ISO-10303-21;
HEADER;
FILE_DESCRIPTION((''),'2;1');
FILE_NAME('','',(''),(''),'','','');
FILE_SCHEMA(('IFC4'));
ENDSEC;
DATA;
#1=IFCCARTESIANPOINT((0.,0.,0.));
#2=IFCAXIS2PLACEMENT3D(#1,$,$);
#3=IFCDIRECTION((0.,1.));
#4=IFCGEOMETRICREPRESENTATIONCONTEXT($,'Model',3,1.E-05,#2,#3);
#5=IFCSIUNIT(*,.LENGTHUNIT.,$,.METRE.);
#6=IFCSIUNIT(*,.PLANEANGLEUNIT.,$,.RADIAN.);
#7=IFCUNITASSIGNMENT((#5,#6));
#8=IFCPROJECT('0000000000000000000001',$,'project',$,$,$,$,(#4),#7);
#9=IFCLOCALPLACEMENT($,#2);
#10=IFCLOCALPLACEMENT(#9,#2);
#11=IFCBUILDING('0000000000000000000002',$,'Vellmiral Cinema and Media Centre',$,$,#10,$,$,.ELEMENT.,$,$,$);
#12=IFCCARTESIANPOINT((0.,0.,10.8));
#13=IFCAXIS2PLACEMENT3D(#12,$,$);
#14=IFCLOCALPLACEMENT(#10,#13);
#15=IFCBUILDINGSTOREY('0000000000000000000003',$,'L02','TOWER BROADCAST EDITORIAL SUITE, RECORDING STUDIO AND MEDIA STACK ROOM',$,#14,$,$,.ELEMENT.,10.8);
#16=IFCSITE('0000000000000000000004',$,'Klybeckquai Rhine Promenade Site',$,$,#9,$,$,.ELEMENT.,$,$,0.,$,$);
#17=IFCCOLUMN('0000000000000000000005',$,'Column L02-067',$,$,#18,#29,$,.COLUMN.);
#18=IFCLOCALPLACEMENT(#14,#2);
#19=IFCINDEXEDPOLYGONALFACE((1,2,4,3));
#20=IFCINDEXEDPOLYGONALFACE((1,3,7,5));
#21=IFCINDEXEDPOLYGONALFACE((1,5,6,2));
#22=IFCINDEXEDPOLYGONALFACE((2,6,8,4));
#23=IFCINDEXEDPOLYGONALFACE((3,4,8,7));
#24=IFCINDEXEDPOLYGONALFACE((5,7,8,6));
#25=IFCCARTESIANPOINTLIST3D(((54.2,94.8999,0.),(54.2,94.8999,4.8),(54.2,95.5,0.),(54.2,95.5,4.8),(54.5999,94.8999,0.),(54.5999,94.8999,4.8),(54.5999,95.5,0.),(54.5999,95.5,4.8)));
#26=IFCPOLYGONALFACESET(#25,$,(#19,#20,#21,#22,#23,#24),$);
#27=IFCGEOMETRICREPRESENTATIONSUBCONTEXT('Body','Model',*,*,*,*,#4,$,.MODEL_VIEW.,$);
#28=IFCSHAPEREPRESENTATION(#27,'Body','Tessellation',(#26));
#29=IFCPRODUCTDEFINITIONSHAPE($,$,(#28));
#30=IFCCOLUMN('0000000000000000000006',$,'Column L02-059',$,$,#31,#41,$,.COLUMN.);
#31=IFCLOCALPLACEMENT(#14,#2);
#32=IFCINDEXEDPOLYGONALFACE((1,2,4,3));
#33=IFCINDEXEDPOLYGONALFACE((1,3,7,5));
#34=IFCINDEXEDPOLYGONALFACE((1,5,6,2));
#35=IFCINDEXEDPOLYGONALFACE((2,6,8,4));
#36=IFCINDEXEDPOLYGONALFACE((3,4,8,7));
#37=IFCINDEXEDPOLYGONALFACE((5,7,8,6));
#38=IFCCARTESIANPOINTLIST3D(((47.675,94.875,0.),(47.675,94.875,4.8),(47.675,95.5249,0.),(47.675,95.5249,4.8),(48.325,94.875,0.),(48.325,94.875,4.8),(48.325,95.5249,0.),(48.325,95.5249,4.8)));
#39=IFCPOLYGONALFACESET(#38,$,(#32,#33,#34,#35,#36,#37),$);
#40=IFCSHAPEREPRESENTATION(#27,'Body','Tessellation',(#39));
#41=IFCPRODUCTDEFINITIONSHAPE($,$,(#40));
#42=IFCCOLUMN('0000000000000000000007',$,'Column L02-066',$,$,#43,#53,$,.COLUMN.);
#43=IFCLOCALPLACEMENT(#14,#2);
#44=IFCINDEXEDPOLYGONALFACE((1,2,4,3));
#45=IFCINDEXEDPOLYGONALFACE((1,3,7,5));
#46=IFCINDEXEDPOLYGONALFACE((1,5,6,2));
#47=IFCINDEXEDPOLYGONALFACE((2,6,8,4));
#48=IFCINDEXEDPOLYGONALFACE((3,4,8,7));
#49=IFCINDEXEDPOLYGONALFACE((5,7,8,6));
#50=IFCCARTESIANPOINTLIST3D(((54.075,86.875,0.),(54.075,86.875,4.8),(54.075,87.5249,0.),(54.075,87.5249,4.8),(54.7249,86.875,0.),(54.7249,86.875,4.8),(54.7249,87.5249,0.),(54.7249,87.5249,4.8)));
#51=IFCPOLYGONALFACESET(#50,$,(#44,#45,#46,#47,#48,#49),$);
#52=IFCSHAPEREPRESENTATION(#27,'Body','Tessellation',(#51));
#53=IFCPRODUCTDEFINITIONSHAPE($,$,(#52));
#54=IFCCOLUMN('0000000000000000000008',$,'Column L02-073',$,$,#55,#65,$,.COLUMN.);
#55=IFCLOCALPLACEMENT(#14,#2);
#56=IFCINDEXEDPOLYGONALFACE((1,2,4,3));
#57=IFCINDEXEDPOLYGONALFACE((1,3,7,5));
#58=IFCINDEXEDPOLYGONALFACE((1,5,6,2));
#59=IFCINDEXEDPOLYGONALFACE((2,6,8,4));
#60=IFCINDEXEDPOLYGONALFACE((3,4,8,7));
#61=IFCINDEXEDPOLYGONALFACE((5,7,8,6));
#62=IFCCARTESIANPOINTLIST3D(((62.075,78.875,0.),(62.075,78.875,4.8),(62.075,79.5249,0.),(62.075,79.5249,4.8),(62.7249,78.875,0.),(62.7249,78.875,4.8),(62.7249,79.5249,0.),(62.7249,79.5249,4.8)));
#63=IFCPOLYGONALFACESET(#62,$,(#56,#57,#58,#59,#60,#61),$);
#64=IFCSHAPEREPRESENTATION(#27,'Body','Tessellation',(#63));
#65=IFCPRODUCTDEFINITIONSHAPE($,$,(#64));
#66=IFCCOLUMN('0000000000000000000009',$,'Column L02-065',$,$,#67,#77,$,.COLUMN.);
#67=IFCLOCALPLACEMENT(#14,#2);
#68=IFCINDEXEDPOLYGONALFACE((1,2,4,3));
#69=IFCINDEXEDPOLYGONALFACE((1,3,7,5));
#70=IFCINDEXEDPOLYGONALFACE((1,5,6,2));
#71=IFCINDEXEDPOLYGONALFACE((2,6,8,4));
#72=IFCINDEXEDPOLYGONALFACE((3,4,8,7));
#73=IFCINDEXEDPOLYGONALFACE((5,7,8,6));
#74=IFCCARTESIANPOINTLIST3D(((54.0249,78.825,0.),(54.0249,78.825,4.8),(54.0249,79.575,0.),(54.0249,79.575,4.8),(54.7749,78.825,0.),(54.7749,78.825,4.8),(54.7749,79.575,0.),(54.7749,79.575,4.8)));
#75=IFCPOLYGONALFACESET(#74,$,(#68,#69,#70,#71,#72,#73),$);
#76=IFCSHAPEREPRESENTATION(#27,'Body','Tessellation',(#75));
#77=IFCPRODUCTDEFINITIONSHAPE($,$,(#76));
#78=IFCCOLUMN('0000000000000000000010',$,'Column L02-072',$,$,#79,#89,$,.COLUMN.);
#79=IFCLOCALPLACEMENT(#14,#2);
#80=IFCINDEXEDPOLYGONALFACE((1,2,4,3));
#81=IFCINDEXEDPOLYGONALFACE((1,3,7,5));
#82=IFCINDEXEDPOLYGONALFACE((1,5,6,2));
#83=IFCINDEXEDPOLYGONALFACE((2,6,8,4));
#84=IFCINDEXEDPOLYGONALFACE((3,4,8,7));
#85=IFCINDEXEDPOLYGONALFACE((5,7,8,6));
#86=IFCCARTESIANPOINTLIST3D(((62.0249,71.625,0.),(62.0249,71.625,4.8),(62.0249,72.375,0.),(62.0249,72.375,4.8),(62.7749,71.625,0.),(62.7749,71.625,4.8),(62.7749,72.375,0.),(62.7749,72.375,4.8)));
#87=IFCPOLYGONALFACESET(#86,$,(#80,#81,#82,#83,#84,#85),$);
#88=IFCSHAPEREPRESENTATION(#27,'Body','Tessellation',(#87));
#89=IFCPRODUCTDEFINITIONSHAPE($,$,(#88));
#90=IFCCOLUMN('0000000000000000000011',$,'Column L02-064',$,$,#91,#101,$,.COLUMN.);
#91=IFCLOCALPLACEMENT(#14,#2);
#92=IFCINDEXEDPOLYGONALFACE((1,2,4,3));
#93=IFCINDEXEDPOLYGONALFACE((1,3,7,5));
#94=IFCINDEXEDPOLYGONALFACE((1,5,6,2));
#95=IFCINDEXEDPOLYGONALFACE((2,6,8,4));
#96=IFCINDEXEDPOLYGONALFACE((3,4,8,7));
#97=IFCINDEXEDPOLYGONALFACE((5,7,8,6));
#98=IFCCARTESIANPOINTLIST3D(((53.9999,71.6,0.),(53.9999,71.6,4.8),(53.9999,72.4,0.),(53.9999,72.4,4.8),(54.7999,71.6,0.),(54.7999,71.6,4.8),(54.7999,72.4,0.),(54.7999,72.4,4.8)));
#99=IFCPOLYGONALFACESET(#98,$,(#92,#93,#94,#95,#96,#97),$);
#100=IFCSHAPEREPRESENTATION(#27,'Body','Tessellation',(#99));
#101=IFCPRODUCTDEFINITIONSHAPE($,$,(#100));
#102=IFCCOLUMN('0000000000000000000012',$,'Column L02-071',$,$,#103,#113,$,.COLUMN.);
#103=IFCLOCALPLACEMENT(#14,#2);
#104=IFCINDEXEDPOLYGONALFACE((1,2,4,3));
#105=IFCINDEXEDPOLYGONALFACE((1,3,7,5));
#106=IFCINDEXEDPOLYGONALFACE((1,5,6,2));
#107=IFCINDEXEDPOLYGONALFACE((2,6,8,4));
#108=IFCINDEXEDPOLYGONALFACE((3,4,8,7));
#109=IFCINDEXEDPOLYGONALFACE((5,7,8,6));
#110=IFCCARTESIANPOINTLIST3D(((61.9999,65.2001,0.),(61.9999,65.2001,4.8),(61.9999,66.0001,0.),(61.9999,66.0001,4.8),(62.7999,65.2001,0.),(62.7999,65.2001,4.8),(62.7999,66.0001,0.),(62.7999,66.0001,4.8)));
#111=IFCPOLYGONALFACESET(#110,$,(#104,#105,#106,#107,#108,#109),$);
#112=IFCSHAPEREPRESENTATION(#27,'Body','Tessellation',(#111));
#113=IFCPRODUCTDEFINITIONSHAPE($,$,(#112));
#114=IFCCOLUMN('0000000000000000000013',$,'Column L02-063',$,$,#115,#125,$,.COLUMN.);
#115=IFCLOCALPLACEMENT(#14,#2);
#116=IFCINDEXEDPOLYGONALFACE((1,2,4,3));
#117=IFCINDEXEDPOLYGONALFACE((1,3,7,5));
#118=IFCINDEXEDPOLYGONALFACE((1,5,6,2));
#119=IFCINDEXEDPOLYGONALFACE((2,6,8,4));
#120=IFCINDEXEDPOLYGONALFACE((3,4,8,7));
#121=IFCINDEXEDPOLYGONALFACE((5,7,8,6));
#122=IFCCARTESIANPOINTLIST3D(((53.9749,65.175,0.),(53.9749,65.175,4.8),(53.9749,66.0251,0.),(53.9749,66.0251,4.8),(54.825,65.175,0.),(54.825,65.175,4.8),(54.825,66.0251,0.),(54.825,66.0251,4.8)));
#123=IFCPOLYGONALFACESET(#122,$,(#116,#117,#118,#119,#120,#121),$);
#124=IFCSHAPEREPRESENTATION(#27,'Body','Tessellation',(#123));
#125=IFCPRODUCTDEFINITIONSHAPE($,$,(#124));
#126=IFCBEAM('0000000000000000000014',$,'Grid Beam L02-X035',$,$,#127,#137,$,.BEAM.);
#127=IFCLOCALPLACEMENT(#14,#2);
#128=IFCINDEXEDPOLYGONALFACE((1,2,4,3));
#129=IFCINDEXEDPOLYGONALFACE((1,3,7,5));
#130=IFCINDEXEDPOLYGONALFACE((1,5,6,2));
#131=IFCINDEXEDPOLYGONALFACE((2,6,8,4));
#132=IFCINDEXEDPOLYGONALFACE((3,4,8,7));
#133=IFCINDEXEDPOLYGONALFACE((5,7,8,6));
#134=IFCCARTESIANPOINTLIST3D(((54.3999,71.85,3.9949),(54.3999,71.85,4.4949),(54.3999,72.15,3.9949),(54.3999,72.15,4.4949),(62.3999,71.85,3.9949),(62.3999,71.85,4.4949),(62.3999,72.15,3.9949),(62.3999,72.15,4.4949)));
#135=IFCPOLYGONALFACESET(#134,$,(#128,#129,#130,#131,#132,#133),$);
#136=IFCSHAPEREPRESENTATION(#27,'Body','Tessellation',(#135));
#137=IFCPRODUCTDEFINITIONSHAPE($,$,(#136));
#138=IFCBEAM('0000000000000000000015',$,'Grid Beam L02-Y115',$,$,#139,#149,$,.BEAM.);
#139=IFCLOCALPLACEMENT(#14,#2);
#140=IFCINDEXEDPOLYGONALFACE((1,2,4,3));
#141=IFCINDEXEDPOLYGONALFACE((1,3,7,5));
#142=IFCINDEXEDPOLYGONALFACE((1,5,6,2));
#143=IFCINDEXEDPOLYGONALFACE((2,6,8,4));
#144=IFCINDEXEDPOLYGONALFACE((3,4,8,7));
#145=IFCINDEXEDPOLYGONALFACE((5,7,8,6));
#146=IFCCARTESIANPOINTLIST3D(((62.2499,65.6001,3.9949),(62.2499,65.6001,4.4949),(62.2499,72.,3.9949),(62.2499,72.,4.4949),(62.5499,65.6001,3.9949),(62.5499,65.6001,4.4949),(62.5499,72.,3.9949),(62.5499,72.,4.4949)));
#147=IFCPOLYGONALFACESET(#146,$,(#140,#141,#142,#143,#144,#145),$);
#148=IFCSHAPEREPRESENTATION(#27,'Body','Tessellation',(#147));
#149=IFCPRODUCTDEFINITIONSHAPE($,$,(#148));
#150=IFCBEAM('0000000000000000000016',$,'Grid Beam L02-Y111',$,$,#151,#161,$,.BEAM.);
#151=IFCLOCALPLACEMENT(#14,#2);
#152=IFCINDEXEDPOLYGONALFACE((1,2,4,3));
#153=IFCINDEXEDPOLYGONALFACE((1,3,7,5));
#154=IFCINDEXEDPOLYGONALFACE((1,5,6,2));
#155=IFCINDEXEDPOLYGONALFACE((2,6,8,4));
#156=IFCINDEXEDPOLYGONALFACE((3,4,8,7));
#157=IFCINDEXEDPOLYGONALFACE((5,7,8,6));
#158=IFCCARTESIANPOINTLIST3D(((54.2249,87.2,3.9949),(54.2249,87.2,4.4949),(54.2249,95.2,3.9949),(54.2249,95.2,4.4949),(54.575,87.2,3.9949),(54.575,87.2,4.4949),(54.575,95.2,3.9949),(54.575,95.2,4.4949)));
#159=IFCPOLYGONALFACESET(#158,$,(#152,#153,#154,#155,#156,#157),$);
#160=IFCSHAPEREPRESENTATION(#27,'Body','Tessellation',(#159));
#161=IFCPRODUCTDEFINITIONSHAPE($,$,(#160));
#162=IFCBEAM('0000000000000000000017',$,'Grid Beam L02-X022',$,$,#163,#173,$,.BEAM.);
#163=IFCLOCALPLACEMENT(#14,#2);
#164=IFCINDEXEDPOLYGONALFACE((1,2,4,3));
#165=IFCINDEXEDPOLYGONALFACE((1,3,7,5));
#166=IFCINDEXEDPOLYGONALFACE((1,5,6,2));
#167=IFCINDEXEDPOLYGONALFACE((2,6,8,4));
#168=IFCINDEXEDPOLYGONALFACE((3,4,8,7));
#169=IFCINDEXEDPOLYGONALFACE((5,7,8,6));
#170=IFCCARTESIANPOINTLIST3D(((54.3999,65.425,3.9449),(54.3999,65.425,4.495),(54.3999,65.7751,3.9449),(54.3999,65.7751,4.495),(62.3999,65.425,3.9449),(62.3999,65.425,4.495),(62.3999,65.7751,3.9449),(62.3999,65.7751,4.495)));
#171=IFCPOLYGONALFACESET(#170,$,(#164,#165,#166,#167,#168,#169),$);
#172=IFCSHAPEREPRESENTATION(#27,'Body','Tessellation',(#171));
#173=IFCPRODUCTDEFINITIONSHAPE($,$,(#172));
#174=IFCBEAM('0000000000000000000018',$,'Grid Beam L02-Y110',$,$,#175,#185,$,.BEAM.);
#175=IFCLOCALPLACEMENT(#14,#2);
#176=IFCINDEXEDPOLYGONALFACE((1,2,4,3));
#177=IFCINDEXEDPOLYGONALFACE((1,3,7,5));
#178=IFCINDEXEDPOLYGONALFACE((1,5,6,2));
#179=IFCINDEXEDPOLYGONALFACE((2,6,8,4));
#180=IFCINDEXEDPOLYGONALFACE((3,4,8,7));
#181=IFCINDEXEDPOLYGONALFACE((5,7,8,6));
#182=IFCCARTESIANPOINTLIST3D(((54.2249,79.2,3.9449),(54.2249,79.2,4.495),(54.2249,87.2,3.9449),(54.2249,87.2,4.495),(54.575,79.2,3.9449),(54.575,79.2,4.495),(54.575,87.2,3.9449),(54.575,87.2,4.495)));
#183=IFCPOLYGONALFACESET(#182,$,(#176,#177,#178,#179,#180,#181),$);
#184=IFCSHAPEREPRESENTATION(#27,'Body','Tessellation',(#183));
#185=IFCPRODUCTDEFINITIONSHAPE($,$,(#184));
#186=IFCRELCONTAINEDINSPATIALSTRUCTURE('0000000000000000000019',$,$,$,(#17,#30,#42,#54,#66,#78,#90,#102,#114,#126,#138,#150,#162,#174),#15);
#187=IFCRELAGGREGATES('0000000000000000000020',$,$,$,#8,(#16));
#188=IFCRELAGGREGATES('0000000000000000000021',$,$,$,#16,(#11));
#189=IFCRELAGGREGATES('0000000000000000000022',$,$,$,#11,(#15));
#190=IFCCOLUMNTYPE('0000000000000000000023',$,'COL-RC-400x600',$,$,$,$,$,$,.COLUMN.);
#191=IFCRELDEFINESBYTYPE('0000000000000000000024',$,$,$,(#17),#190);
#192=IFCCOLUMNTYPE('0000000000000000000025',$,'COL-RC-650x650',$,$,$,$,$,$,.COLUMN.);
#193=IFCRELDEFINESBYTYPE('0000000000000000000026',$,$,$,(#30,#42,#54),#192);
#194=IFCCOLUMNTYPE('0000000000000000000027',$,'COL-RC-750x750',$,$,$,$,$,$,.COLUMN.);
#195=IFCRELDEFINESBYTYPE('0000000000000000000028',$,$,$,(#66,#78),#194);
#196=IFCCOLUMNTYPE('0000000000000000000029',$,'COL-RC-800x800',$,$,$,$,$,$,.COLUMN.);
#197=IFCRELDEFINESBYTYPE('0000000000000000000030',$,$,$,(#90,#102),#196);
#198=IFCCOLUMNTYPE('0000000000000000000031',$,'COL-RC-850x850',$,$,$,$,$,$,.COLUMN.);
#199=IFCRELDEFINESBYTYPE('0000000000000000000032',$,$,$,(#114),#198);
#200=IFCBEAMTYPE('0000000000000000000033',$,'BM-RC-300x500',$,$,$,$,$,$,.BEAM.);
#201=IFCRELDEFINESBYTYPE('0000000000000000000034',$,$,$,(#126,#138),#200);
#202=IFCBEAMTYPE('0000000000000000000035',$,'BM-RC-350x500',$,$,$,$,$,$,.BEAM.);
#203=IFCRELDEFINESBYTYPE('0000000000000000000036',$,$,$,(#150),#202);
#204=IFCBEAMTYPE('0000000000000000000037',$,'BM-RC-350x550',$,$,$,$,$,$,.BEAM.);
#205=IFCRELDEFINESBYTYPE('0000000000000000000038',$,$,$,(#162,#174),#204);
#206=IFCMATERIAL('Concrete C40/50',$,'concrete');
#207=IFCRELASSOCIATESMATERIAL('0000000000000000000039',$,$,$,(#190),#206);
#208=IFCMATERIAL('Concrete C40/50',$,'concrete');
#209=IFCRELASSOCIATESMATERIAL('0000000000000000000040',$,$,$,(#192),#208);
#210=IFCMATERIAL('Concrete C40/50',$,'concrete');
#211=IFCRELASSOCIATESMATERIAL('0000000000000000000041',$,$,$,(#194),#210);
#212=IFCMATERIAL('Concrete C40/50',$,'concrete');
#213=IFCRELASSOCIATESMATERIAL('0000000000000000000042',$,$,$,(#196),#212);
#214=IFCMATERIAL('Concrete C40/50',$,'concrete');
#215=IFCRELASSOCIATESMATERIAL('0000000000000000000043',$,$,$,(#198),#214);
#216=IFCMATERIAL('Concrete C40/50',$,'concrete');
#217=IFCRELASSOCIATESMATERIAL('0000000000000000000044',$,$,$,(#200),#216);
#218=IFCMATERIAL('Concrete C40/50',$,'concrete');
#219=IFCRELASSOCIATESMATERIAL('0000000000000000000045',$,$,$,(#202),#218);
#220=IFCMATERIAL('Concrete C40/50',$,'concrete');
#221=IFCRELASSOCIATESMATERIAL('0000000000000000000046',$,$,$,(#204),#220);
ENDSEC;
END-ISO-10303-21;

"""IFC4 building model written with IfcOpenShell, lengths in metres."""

from ifc_helpers import new_model, si_unit, direction, frame, origin, origin_2d, place, context, subcontext, project, spatial, rectangle, extrude, material, material_profile, profile_set, type_object, element, save


model = new_model("IFC4")

# Units and contexts
model_context = context("Model", 3, precision=1e-05, world=origin(), true_north=direction((0.0, 1.0)))
body_context = subcontext(model_context, "Body", "Model", "MODEL_VIEW")
ifc_project = project(units=[si_unit("LENGTHUNIT", "METRE"), si_unit("PLANEANGLEUNIT", "RADIAN")], contexts=[model_context])

# Site, building, storey
site_placement = place(None, origin())
site = spatial("IfcSite", under=ifc_project, at=site_placement, Name="Klybeckquai Rhine Promenade Site", CompositionType="ELEMENT", RefElevation=0.0)
building_placement = place(site_placement, origin())
building = spatial("IfcBuilding", under=site, at=building_placement, Name="Vellmiral Cinema and Media Centre", CompositionType="ELEMENT")
storey_placement = place(building_placement, frame((0.0, 0.0, 10.8)))
storey = spatial("IfcBuildingStorey", under=building, at=storey_placement, Name="L02", Description="TOWER BROADCAST EDITORIAL SUITE, RECORDING STUDIO AND MEDIA STACK ROOM", CompositionType="ELEMENT", Elevation=10.8)

# Columns
ifc_material_1 = material(Name="Concrete C40/50", Category="concrete")
ifc_material_profile_1 = material_profile(ifc_material_1, rectangle(XDim=0.3999, YDim=0.6001, at=origin_2d()), Name="RC 400x600")
ifc_profile_set_1 = profile_set([ifc_material_profile_1], Name="Concrete C40/50")
column_type_1 = type_object("IfcColumnType", Name="COL-RC-400x600", PredefinedType="COLUMN", material=ifc_profile_set_1)
column_1_placement = place(storey_placement, frame((54.3999, 95.2, 0.0), z_axis=(0.0, 0.0, 1.0), x_axis=(1.0, 0.0, 0.0)))
element("IfcColumn", 1, at=column_1_placement, inside=storey, type_object=column_type_1, Name="Column L02-067", PredefinedType="COLUMN", context=body_context, shape_type="SweptSolid", body=[
    extrude(rectangle(XDim=0.3999, YDim=0.6001, at=origin_2d()), origin(), (0.0, 0.0, 1.0), 4.8),
])
ifc_material_2 = material(Name="Concrete C40/50", Category="concrete")
ifc_material_profile_2 = material_profile(ifc_material_2, rectangle(XDim=0.6499, YDim=0.6499, at=origin_2d()), Name="RC 650x650")
ifc_profile_set_2 = profile_set([ifc_material_profile_2], Name="Concrete C40/50")
column_type_2 = type_object("IfcColumnType", Name="COL-RC-650x650", PredefinedType="COLUMN", material=ifc_profile_set_2)
for number, where, z_axis, x_axis, name in (
    (2, (48.0, 95.2, 0.0), (0.0, 0.0, 1.0), (1.0, 0.0, 0.0), "Column L02-059"),
    (3, (54.3999, 87.2, 0.0), (0.0, 0.0, 1.0), (1.0, 0.0, 0.0), "Column L02-066"),
    (4, (62.3999, 79.2, 0.0), (0.0, 0.0, 1.0), (1.0, 0.0, 0.0), "Column L02-073"),
):
    element("IfcColumn", number, at=place(storey_placement, frame(where, z_axis=z_axis, x_axis=x_axis)), inside=storey, type_object=column_type_2, Name=name, PredefinedType="COLUMN", context=body_context, shape_type="SweptSolid", body=[
        extrude(rectangle(XDim=0.6499, YDim=0.6499, at=origin_2d()), origin(), (0.0, 0.0, 1.0), 4.8),
    ])
ifc_material_3 = material(Name="Concrete C40/50", Category="concrete")
ifc_material_profile_3 = material_profile(ifc_material_3, rectangle(XDim=0.75, YDim=0.75, at=origin_2d()), Name="RC 750x750")
ifc_profile_set_3 = profile_set([ifc_material_profile_3], Name="Concrete C40/50")
column_type_3 = type_object("IfcColumnType", Name="COL-RC-750x750", PredefinedType="COLUMN", material=ifc_profile_set_3)
for number, where, z_axis, x_axis, name in (
    (5, (54.3999, 79.2, 0.0), (0.0, 0.0, 1.0), (1.0, 0.0, 0.0), "Column L02-065"),
    (6, (62.3999, 72.0, 0.0), (0.0, 0.0, 1.0), (1.0, 0.0, 0.0), "Column L02-072"),
):
    element("IfcColumn", number, at=place(storey_placement, frame(where, z_axis=z_axis, x_axis=x_axis)), inside=storey, type_object=column_type_3, Name=name, PredefinedType="COLUMN", context=body_context, shape_type="SweptSolid", body=[
        extrude(rectangle(XDim=0.75, YDim=0.75, at=origin_2d()), origin(), (0.0, 0.0, 1.0), 4.8),
    ])
ifc_material_4 = material(Name="Concrete C40/50", Category="concrete")
ifc_material_profile_4 = material_profile(ifc_material_4, rectangle(XDim=0.8, YDim=0.8, at=origin_2d()), Name="RC 800x800")
ifc_profile_set_4 = profile_set([ifc_material_profile_4], Name="Concrete C40/50")
column_type_4 = type_object("IfcColumnType", Name="COL-RC-800x800", PredefinedType="COLUMN", material=ifc_profile_set_4)
for number, where, z_axis, x_axis, name in (
    (7, (54.3999, 72.0, 0.0), (0.0, 0.0, 1.0), (1.0, 0.0, 0.0), "Column L02-064"),
    (8, (62.3999, 65.6001, 0.0), (0.0, 0.0, 1.0), (1.0, 0.0, 0.0), "Column L02-071"),
):
    element("IfcColumn", number, at=place(storey_placement, frame(where, z_axis=z_axis, x_axis=x_axis)), inside=storey, type_object=column_type_4, Name=name, PredefinedType="COLUMN", context=body_context, shape_type="SweptSolid", body=[
        extrude(rectangle(XDim=0.8, YDim=0.8, at=origin_2d()), origin(), (0.0, 0.0, 1.0), 4.8),
    ])
ifc_material_5 = material(Name="Concrete C40/50", Category="concrete")
ifc_material_profile_5 = material_profile(ifc_material_5, rectangle(XDim=0.8501, YDim=0.8501, at=origin_2d()), Name="RC 850x850")
ifc_profile_set_5 = profile_set([ifc_material_profile_5], Name="Concrete C40/50")
column_type_5 = type_object("IfcColumnType", Name="COL-RC-850x850", PredefinedType="COLUMN", material=ifc_profile_set_5)
column_2_placement = place(storey_placement, frame((54.3999, 65.6001, 0.0), z_axis=(0.0, 0.0, 1.0), x_axis=(1.0, 0.0, 0.0)))
element("IfcColumn", 9, at=column_2_placement, inside=storey, type_object=column_type_5, Name="Column L02-063", PredefinedType="COLUMN", context=body_context, shape_type="SweptSolid", body=[
    extrude(rectangle(XDim=0.8501, YDim=0.8501, at=origin_2d()), origin(), (0.0, 0.0, 1.0), 4.8),
])

# Beams
ifc_material_6 = material(Name="Concrete C40/50", Category="concrete")
ifc_material_profile_6 = material_profile(ifc_material_6, rectangle(XDim=0.3, YDim=0.5, at=origin_2d()), Name="RC 300x500")
ifc_profile_set_6 = profile_set([ifc_material_profile_6], Name="Concrete C40/50")
beam_type_1 = type_object("IfcBeamType", Name="BM-RC-300x500", PredefinedType="BEAM", material=ifc_profile_set_6)
beam_1_placement = place(storey_placement, frame((54.3999, 72.0, 4.2449), z_axis=(1.0, 0.0, 0.0), x_axis=(0.0, 1.0, 0.0)))
element("IfcBeam", 10, at=beam_1_placement, inside=storey, type_object=beam_type_1, Name="Grid Beam L02-X035", PredefinedType="BEAM", context=body_context, shape_type="SweptSolid", body=[
    extrude(rectangle(XDim=0.3, YDim=0.5, at=origin_2d()), origin(), (0.0, 0.0, 1.0), 8.0),
])
beam_2_placement = place(storey_placement, frame((62.3999, 65.6001, 4.2449), z_axis=(0.0, 1.0, 0.0), x_axis=(-1.0, 0.0, 0.0)))
element("IfcBeam", 11, at=beam_2_placement, inside=storey, type_object=beam_type_1, Name="Grid Beam L02-Y115", PredefinedType="BEAM", context=body_context, shape_type="SweptSolid", body=[
    extrude(rectangle(XDim=0.3, YDim=0.5, at=origin_2d()), origin(), (0.0, 0.0, 1.0), 6.3999),
])
ifc_material_7 = material(Name="Concrete C40/50", Category="concrete")
ifc_material_profile_7 = material_profile(ifc_material_7, rectangle(XDim=0.3501, YDim=0.5, at=origin_2d()), Name="RC 350x500")
ifc_profile_set_7 = profile_set([ifc_material_profile_7], Name="Concrete C40/50")
beam_type_2 = type_object("IfcBeamType", Name="BM-RC-350x500", PredefinedType="BEAM", material=ifc_profile_set_7)
beam_3_placement = place(storey_placement, frame((54.3999, 87.2, 4.2449), z_axis=(0.0, 1.0, 0.0), x_axis=(-1.0, 0.0, 0.0)))
element("IfcBeam", 12, at=beam_3_placement, inside=storey, type_object=beam_type_2, Name="Grid Beam L02-Y111", PredefinedType="BEAM", context=body_context, shape_type="SweptSolid", body=[
    extrude(rectangle(XDim=0.3501, YDim=0.5, at=origin_2d()), origin(), (0.0, 0.0, 1.0), 8.0),
])
ifc_material_8 = material(Name="Concrete C40/50", Category="concrete")
ifc_material_profile_8 = material_profile(ifc_material_8, rectangle(XDim=0.3501, YDim=0.55, at=origin_2d()), Name="RC 350x550")
ifc_profile_set_8 = profile_set([ifc_material_profile_8], Name="Concrete C40/50")
beam_type_3 = type_object("IfcBeamType", Name="BM-RC-350x550", PredefinedType="BEAM", material=ifc_profile_set_8)
for number, where, z_axis, x_axis, name in (
    (13, (54.3999, 65.6001, 4.22), (1.0, 0.0, 0.0), (0.0, 1.0, 0.0), "Grid Beam L02-X022"),
    (14, (54.3999, 79.2, 4.22), (0.0, 1.0, 0.0), (-1.0, 0.0, 0.0), "Grid Beam L02-Y110"),
):
    element("IfcBeam", number, at=place(storey_placement, frame(where, z_axis=z_axis, x_axis=x_axis)), inside=storey, type_object=beam_type_3, Name=name, PredefinedType="BEAM", context=body_context, shape_type="SweptSolid", body=[
        extrude(rectangle(XDim=0.3501, YDim=0.55, at=origin_2d()), origin(), (0.0, 0.0, 1.0), 8.0),
    ])

save(model, "model.ifc")
